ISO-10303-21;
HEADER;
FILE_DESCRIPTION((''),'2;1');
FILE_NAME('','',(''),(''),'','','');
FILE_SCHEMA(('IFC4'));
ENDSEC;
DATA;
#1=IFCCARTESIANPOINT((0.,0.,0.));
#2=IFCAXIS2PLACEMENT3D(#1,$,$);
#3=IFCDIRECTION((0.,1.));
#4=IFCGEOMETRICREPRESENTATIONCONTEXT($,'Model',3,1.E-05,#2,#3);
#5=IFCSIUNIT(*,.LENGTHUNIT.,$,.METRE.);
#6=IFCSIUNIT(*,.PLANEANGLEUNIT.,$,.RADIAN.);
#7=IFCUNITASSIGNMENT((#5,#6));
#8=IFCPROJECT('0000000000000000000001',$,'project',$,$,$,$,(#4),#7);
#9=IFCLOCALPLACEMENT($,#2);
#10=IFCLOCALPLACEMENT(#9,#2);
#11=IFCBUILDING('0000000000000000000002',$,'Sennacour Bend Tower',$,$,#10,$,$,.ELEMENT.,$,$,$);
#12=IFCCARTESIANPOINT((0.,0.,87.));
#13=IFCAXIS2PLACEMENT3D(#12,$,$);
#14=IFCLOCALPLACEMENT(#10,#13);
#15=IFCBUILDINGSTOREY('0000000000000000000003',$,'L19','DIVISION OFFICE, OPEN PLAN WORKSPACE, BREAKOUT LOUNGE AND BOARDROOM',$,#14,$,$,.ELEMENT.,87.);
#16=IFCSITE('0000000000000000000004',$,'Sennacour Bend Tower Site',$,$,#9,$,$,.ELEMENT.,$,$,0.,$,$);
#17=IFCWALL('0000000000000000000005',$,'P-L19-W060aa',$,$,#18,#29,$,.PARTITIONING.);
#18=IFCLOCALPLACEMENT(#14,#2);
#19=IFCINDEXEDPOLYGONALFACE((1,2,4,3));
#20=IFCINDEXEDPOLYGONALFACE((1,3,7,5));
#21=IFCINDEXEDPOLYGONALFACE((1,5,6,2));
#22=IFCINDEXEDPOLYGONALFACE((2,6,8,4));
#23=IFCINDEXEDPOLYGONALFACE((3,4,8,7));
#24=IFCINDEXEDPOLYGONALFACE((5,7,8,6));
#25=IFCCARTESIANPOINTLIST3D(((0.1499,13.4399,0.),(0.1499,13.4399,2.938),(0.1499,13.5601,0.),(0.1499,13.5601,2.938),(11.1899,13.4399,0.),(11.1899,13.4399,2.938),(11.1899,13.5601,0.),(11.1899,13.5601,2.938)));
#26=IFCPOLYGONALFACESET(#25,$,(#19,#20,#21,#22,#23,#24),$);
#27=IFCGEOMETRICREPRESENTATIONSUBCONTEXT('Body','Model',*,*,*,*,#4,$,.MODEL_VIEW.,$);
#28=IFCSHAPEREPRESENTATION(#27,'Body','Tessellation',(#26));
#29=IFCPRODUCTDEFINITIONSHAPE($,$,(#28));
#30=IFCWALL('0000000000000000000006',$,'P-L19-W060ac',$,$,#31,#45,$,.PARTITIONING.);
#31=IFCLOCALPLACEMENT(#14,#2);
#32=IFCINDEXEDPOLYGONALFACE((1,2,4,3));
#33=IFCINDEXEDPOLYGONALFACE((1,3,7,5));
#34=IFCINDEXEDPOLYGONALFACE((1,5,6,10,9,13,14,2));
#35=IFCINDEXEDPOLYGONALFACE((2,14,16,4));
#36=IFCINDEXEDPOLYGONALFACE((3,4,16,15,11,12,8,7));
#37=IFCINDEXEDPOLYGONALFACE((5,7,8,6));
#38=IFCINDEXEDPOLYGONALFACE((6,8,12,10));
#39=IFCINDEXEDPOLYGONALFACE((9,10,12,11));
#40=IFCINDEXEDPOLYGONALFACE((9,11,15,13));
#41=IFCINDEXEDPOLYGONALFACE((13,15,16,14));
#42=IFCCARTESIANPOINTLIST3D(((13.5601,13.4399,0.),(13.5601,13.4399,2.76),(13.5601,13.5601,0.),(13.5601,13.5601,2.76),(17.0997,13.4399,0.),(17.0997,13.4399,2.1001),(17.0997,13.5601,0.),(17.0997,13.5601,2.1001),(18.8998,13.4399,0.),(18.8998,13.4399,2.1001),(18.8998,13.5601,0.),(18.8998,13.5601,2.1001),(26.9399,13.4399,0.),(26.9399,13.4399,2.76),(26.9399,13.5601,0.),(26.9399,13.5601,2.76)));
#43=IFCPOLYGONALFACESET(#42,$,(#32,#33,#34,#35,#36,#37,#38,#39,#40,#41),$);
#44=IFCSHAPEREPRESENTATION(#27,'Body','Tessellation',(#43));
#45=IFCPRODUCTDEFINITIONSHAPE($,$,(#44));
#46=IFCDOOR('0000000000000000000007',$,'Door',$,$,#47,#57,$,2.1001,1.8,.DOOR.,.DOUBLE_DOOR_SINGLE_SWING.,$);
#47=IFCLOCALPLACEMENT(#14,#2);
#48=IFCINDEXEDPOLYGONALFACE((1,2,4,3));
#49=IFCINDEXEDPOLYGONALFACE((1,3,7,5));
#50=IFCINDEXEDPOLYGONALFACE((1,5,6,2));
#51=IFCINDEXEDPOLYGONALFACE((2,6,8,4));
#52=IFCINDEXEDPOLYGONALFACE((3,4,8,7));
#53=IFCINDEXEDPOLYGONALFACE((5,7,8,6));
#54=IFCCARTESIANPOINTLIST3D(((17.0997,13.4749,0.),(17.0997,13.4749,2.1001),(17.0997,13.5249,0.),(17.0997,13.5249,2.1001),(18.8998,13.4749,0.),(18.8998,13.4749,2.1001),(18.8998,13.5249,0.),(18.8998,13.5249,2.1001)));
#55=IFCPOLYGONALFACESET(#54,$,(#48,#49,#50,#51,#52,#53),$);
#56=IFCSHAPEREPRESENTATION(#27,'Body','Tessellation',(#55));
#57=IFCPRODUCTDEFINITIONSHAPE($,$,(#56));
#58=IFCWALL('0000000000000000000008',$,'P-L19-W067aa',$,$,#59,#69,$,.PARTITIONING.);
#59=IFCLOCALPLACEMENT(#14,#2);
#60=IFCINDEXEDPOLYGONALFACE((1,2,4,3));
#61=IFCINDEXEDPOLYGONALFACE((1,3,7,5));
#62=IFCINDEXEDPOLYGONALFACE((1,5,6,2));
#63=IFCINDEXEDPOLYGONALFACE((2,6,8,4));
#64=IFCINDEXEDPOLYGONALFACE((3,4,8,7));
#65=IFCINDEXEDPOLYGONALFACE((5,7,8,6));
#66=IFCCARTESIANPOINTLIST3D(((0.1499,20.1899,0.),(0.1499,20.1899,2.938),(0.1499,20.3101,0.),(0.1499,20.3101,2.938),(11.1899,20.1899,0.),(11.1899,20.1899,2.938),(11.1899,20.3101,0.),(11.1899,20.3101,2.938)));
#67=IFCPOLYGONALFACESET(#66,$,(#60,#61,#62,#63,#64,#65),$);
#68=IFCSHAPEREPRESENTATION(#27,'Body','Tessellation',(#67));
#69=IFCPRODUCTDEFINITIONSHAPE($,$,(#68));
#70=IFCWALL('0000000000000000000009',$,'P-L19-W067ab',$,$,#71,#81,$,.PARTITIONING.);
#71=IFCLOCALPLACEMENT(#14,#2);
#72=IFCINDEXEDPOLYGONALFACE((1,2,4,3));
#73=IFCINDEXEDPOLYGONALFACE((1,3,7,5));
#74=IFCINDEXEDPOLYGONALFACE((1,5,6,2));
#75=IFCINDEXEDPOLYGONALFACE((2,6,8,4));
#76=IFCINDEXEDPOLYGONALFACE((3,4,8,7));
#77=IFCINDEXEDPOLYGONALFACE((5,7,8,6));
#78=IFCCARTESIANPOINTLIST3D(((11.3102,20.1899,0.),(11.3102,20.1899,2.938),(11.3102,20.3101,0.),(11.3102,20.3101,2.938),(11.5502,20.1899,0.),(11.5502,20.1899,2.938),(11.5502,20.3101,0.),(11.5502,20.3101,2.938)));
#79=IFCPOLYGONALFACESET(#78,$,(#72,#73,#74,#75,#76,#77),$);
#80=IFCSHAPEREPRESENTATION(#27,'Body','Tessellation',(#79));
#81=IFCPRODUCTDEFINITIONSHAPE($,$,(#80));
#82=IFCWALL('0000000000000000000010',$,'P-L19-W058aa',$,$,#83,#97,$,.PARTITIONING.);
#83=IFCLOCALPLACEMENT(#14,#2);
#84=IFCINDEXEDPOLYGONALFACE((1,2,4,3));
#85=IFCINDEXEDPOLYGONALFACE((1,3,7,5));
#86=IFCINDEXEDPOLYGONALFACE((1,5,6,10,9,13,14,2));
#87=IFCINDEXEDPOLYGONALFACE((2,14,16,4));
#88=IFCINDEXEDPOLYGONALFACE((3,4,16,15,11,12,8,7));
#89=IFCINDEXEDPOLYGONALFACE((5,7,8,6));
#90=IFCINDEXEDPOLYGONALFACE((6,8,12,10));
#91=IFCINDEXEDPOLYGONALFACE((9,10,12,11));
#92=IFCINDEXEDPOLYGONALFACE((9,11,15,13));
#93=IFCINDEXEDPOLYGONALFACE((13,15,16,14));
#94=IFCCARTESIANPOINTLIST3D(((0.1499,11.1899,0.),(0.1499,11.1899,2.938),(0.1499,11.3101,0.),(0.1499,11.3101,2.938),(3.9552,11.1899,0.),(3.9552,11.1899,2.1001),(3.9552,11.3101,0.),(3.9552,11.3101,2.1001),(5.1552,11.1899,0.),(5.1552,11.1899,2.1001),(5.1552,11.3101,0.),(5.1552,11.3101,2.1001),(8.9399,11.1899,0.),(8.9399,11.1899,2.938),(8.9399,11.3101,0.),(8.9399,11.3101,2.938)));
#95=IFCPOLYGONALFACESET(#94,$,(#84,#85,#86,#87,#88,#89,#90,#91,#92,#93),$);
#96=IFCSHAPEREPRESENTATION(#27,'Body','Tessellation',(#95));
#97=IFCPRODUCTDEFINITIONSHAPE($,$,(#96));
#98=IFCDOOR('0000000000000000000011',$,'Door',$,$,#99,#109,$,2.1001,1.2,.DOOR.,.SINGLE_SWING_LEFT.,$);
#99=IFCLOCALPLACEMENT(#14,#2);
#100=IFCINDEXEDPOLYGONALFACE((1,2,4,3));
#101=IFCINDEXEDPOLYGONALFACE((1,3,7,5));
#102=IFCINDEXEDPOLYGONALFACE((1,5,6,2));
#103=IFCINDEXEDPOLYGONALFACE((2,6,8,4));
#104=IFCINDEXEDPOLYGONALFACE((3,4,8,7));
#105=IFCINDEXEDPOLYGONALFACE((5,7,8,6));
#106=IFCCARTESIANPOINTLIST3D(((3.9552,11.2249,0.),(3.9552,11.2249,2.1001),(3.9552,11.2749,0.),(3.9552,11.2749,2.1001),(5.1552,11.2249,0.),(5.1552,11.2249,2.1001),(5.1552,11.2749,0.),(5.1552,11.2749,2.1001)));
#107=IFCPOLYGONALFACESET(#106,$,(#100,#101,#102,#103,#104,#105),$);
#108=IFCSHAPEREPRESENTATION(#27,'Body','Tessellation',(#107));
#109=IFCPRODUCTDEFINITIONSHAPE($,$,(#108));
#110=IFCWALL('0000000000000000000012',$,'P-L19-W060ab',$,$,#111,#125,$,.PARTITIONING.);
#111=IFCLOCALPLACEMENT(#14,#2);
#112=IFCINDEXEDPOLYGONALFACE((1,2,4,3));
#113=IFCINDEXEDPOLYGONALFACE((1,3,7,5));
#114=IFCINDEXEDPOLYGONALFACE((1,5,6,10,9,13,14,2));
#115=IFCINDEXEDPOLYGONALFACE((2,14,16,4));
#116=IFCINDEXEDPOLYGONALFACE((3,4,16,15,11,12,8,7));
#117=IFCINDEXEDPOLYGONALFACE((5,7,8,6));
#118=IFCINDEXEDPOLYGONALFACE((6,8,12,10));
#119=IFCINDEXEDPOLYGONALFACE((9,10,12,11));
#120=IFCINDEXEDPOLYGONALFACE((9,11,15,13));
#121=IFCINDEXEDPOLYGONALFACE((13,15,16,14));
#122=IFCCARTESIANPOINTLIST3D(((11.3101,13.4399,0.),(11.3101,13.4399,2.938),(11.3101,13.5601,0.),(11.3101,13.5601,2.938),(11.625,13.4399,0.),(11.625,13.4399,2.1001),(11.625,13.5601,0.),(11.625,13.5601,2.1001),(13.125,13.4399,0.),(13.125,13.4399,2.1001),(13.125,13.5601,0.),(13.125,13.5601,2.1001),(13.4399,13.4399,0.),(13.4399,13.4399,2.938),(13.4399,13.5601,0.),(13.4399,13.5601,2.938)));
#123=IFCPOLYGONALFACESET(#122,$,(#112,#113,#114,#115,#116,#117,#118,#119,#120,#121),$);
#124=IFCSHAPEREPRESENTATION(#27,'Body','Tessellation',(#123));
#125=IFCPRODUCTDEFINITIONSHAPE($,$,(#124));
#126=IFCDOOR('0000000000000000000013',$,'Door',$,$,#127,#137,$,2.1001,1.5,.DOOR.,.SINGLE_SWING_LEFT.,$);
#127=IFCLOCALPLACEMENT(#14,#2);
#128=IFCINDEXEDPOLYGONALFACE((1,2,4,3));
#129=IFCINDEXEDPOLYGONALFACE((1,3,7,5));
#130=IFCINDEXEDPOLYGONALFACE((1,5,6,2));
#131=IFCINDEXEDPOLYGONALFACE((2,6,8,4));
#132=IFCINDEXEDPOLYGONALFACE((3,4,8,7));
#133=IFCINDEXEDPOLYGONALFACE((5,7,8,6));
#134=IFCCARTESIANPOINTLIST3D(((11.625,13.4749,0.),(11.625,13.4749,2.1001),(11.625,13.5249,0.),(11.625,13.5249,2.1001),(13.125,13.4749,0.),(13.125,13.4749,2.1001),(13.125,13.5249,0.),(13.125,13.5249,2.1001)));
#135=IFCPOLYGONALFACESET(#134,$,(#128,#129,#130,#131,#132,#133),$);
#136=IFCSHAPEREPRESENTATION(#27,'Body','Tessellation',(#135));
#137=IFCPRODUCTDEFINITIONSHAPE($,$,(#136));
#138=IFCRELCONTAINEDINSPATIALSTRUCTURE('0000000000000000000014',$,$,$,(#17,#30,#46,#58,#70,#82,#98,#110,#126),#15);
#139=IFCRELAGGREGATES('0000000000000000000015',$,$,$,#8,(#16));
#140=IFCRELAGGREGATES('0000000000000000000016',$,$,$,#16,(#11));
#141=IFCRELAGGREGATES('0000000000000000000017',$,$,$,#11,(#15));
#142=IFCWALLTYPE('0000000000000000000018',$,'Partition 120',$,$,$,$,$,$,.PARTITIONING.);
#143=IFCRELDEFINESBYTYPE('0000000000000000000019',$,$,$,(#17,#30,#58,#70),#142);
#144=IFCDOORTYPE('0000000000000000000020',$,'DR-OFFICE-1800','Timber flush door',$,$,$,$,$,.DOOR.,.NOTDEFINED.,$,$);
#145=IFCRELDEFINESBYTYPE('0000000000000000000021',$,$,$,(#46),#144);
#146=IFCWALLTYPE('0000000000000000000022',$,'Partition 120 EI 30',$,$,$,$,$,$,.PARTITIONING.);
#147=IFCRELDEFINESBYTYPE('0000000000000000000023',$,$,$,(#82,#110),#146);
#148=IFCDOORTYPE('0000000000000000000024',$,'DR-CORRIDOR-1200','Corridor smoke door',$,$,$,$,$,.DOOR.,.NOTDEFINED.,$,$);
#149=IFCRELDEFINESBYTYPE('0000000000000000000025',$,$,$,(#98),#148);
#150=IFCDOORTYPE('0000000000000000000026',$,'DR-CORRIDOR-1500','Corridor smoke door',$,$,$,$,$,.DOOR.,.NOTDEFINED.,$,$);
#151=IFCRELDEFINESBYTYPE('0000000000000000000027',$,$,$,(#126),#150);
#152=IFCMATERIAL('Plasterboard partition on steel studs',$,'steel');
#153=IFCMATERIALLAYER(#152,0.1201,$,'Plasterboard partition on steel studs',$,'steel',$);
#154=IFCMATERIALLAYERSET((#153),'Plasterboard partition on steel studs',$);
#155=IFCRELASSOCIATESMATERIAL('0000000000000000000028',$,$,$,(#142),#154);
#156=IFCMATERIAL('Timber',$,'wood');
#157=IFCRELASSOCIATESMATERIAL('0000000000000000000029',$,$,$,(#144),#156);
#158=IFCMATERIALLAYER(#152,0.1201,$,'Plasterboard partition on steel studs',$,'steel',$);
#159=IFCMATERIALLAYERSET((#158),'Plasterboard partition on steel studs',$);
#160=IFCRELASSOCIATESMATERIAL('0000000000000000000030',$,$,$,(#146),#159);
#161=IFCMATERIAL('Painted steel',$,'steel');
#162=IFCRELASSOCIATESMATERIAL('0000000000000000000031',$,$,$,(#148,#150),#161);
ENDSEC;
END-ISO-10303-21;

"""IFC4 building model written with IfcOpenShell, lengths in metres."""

from ifc_helpers import new_model, si_unit, direction, frame, frame_2d, origin, place, context, subcontext, project, spatial, rectangle, extrude, material, layer, layer_set, type_object, element, fill, save


model = new_model("IFC4")

# Units and contexts
model_context = context("Model", 3, precision=1e-05, world=origin(), true_north=direction((0.0, 1.0)))
body_context = subcontext(model_context, "Body", "Model", "MODEL_VIEW")
ifc_project = project(units=[si_unit("LENGTHUNIT", "METRE"), si_unit("PLANEANGLEUNIT", "RADIAN")], contexts=[model_context])

# Site, building, storey
site_placement = place(None, origin())
site = spatial("IfcSite", under=ifc_project, at=site_placement, Name="Sennacour Bend Tower Site", CompositionType="ELEMENT", RefElevation=0.0)
building_placement = place(site_placement, origin())
building = spatial("IfcBuilding", under=site, at=building_placement, Name="Sennacour Bend Tower", CompositionType="ELEMENT")
storey_placement = place(building_placement, frame((0.0, 0.0, 87.0)))
storey = spatial("IfcBuildingStorey", under=building, at=storey_placement, Name="L19", Description="DIVISION OFFICE, OPEN PLAN WORKSPACE, BREAKOUT LOUNGE AND BOARDROOM", CompositionType="ELEMENT", Elevation=87.0)

# Shared definitions
ifc_material_1 = material(Name="Plasterboard partition on steel studs", Category="steel")
ifc_layer_1 = layer(ifc_material_1, 0.1201, Name="Plasterboard partition on steel studs", Category="steel")
ifc_layer_set_1 = layer_set([ifc_layer_1], Name="Plasterboard partition on steel studs")
wall_type_1 = type_object("IfcWallType", Name="Partition 120", PredefinedType="PARTITIONING", material=ifc_layer_set_1)
ifc_material_2 = material(Name="Timber", Category="wood")

# Wall
wall_1_placement = place(storey_placement, frame((0.1499, 13.5, 0.0), z_axis=(0.0, 0.0, 1.0), x_axis=(1.0, 0.0, 0.0)))
element("IfcWall", 1, at=wall_1_placement, inside=storey, type_object=wall_type_1, Name="P-L19-W060aa", PredefinedType="PARTITIONING", context=body_context, shape_type="SweptSolid", body=[
    extrude(rectangle(XDim=11.04, YDim=0.1201, at=frame_2d((5.52, 0.0))), origin(), (0.0, 0.0, 1.0), 2.938),
])

# Wall, opening, door
wall_2_placement = place(storey_placement, frame((13.5601, 13.5, 0.0), z_axis=(0.0, 0.0, 1.0), x_axis=(1.0, 0.0, 0.0)))
wall_2 = element("IfcWall", 2, at=wall_2_placement, inside=storey, type_object=wall_type_1, Name="P-L19-W060ac", PredefinedType="PARTITIONING", context=body_context, shape_type="SweptSolid", body=[
    extrude(rectangle(XDim=13.3799, YDim=0.1201, at=frame_2d((6.6899, 0.0))), origin(), (0.0, 0.0, 1.0), 2.76),
])
opening_1_placement = place(wall_2_placement, frame((3.5398, 0.0, 0.0)))
opening_1 = element("IfcOpeningElement", 3, at=opening_1_placement, cuts=wall_2, PredefinedType="OPENING", context=body_context, shape_type="SweptSolid", body=[
    extrude(rectangle(XDim=1.8, YDim=2.1001, at=frame_2d((0.8999, 1.05))), frame((0.0, 0.0701, 0.0), z_axis=(0.0, -1.0, 0.0), x_axis=(1.0, 0.0, 0.0)), (0.0, 0.0, 1.0), 0.1401),
])
door_type_1 = type_object("IfcDoorType", Name="DR-OFFICE-1800", Description="Timber flush door", OperationType="NOTDEFINED", PredefinedType="DOOR", material=ifc_material_2)
door_1_placement = place(opening_1_placement, origin())
door_1 = element("IfcDoor", 4, at=door_1_placement, inside=storey, type_object=door_type_1, Name="Door", OperationType="DOUBLE_DOOR_SINGLE_SWING", OverallHeight=2.1001, OverallWidth=1.8, PredefinedType="DOOR", context=body_context, shape_type="SweptSolid", body=[
    extrude(rectangle(XDim=1.8, YDim=2.1001, at=frame_2d((0.8999, 1.05))), frame((0.0, 0.0249, 0.0), z_axis=(0.0, -1.0, 0.0), x_axis=(1.0, 0.0, 0.0)), (0.0, 0.0, 1.0), 0.05),
])
fill(opening_1, door_1)

# Walls
wall_3_placement = place(storey_placement, frame((0.1499, 20.25, 0.0), z_axis=(0.0, 0.0, 1.0), x_axis=(1.0, 0.0, 0.0)))
element("IfcWall", 5, at=wall_3_placement, inside=storey, type_object=wall_type_1, Name="P-L19-W067aa", PredefinedType="PARTITIONING", context=body_context, shape_type="SweptSolid", body=[
    extrude(rectangle(XDim=11.04, YDim=0.1201, at=frame_2d((5.52, 0.0))), origin(), (0.0, 0.0, 1.0), 2.938),
])
wall_4_placement = place(storey_placement, frame((11.3101, 20.25, 0.0), z_axis=(0.0, 0.0, 1.0), x_axis=(1.0, 0.0, 0.0)))
element("IfcWall", 6, at=wall_4_placement, inside=storey, type_object=wall_type_1, Name="P-L19-W067ab", PredefinedType="PARTITIONING", context=body_context, shape_type="SweptSolid", body=[
    extrude(rectangle(XDim=0.24, YDim=0.1201, at=frame_2d((0.1201, 0.0))), origin(), (0.0, 0.0, 1.0), 2.938),
])

# Walls, openings, doors
ifc_layer_2 = layer(ifc_material_1, 0.1201, Name="Plasterboard partition on steel studs", Category="steel")
ifc_layer_set_2 = layer_set([ifc_layer_2], Name="Plasterboard partition on steel studs")
wall_type_2 = type_object("IfcWallType", Name="Partition 120 EI 30", PredefinedType="PARTITIONING", material=ifc_layer_set_2)
wall_5_placement = place(storey_placement, frame((0.1499, 11.25, 0.0), z_axis=(0.0, 0.0, 1.0), x_axis=(1.0, 0.0, 0.0)))
wall_5 = element("IfcWall", 7, at=wall_5_placement, inside=storey, type_object=wall_type_2, Name="P-L19-W058aa", PredefinedType="PARTITIONING", context=body_context, shape_type="SweptSolid", body=[
    extrude(rectangle(XDim=8.79, YDim=0.1201, at=frame_2d((4.395, 0.0))), origin(), (0.0, 0.0, 1.0), 2.938),
])
opening_2_placement = place(wall_5_placement, frame((3.8052, 0.0, 0.0)))
opening_2 = element("IfcOpeningElement", 8, at=opening_2_placement, cuts=wall_5, PredefinedType="OPENING", context=body_context, shape_type="SweptSolid", body=[
    extrude(rectangle(XDim=1.2, YDim=2.1001, at=frame_2d((0.6001, 1.05))), frame((0.0, 0.0701, 0.0), z_axis=(0.0, -1.0, 0.0), x_axis=(1.0, 0.0, 0.0)), (0.0, 0.0, 1.0), 0.1401),
])
ifc_material_3 = material(Name="Painted steel", Category="steel")
door_type_2 = type_object("IfcDoorType", Name="DR-CORRIDOR-1200", Description="Corridor smoke door", OperationType="NOTDEFINED", PredefinedType="DOOR", material=ifc_material_3)
door_2_placement = place(opening_2_placement, origin())
door_2 = element("IfcDoor", 9, at=door_2_placement, inside=storey, type_object=door_type_2, Name="Door", OperationType="SINGLE_SWING_LEFT", OverallHeight=2.1001, OverallWidth=1.2, PredefinedType="DOOR", context=body_context, shape_type="SweptSolid", body=[
    extrude(rectangle(XDim=1.2, YDim=2.1001, at=frame_2d((0.6001, 1.05))), frame((0.0, 0.0249, 0.0), z_axis=(0.0, -1.0, 0.0), x_axis=(1.0, 0.0, 0.0)), (0.0, 0.0, 1.0), 0.05),
])
fill(opening_2, door_2)
wall_6_placement = place(storey_placement, frame((11.3101, 13.5, 0.0), z_axis=(0.0, 0.0, 1.0), x_axis=(1.0, 0.0, 0.0)))
wall_6 = element("IfcWall", 10, at=wall_6_placement, inside=storey, type_object=wall_type_2, Name="P-L19-W060ab", PredefinedType="PARTITIONING", context=body_context, shape_type="SweptSolid", body=[
    extrude(rectangle(XDim=2.1299, YDim=0.1201, at=frame_2d((1.0649, 0.0))), origin(), (0.0, 0.0, 1.0), 2.938),
])
opening_3_placement = place(wall_6_placement, frame((0.3149, 0.0, 0.0)))
opening_3 = element("IfcOpeningElement", 11, at=opening_3_placement, cuts=wall_6, PredefinedType="OPENING", context=body_context, shape_type="SweptSolid", body=[
    extrude(rectangle(XDim=1.5, YDim=2.1001, at=frame_2d((0.75, 1.05))), frame((0.0, 0.0701, 0.0), z_axis=(0.0, -1.0, 0.0), x_axis=(1.0, 0.0, 0.0)), (0.0, 0.0, 1.0), 0.1401),
])
door_type_3 = type_object("IfcDoorType", Name="DR-CORRIDOR-1500", Description="Corridor smoke door", OperationType="NOTDEFINED", PredefinedType="DOOR", material=ifc_material_3)
door_3_placement = place(opening_3_placement, origin())
door_3 = element("IfcDoor", 12, at=door_3_placement, inside=storey, type_object=door_type_3, Name="Door", OperationType="SINGLE_SWING_LEFT", OverallHeight=2.1001, OverallWidth=1.5, PredefinedType="DOOR", context=body_context, shape_type="SweptSolid", body=[
    extrude(rectangle(XDim=1.5, YDim=2.1001, at=frame_2d((0.75, 1.05))), frame((0.0, 0.0249, 0.0), z_axis=(0.0, -1.0, 0.0), x_axis=(1.0, 0.0, 0.0)), (0.0, 0.0, 1.0), 0.05),
])
fill(opening_3, door_3)

save(model, "model.ifc")
